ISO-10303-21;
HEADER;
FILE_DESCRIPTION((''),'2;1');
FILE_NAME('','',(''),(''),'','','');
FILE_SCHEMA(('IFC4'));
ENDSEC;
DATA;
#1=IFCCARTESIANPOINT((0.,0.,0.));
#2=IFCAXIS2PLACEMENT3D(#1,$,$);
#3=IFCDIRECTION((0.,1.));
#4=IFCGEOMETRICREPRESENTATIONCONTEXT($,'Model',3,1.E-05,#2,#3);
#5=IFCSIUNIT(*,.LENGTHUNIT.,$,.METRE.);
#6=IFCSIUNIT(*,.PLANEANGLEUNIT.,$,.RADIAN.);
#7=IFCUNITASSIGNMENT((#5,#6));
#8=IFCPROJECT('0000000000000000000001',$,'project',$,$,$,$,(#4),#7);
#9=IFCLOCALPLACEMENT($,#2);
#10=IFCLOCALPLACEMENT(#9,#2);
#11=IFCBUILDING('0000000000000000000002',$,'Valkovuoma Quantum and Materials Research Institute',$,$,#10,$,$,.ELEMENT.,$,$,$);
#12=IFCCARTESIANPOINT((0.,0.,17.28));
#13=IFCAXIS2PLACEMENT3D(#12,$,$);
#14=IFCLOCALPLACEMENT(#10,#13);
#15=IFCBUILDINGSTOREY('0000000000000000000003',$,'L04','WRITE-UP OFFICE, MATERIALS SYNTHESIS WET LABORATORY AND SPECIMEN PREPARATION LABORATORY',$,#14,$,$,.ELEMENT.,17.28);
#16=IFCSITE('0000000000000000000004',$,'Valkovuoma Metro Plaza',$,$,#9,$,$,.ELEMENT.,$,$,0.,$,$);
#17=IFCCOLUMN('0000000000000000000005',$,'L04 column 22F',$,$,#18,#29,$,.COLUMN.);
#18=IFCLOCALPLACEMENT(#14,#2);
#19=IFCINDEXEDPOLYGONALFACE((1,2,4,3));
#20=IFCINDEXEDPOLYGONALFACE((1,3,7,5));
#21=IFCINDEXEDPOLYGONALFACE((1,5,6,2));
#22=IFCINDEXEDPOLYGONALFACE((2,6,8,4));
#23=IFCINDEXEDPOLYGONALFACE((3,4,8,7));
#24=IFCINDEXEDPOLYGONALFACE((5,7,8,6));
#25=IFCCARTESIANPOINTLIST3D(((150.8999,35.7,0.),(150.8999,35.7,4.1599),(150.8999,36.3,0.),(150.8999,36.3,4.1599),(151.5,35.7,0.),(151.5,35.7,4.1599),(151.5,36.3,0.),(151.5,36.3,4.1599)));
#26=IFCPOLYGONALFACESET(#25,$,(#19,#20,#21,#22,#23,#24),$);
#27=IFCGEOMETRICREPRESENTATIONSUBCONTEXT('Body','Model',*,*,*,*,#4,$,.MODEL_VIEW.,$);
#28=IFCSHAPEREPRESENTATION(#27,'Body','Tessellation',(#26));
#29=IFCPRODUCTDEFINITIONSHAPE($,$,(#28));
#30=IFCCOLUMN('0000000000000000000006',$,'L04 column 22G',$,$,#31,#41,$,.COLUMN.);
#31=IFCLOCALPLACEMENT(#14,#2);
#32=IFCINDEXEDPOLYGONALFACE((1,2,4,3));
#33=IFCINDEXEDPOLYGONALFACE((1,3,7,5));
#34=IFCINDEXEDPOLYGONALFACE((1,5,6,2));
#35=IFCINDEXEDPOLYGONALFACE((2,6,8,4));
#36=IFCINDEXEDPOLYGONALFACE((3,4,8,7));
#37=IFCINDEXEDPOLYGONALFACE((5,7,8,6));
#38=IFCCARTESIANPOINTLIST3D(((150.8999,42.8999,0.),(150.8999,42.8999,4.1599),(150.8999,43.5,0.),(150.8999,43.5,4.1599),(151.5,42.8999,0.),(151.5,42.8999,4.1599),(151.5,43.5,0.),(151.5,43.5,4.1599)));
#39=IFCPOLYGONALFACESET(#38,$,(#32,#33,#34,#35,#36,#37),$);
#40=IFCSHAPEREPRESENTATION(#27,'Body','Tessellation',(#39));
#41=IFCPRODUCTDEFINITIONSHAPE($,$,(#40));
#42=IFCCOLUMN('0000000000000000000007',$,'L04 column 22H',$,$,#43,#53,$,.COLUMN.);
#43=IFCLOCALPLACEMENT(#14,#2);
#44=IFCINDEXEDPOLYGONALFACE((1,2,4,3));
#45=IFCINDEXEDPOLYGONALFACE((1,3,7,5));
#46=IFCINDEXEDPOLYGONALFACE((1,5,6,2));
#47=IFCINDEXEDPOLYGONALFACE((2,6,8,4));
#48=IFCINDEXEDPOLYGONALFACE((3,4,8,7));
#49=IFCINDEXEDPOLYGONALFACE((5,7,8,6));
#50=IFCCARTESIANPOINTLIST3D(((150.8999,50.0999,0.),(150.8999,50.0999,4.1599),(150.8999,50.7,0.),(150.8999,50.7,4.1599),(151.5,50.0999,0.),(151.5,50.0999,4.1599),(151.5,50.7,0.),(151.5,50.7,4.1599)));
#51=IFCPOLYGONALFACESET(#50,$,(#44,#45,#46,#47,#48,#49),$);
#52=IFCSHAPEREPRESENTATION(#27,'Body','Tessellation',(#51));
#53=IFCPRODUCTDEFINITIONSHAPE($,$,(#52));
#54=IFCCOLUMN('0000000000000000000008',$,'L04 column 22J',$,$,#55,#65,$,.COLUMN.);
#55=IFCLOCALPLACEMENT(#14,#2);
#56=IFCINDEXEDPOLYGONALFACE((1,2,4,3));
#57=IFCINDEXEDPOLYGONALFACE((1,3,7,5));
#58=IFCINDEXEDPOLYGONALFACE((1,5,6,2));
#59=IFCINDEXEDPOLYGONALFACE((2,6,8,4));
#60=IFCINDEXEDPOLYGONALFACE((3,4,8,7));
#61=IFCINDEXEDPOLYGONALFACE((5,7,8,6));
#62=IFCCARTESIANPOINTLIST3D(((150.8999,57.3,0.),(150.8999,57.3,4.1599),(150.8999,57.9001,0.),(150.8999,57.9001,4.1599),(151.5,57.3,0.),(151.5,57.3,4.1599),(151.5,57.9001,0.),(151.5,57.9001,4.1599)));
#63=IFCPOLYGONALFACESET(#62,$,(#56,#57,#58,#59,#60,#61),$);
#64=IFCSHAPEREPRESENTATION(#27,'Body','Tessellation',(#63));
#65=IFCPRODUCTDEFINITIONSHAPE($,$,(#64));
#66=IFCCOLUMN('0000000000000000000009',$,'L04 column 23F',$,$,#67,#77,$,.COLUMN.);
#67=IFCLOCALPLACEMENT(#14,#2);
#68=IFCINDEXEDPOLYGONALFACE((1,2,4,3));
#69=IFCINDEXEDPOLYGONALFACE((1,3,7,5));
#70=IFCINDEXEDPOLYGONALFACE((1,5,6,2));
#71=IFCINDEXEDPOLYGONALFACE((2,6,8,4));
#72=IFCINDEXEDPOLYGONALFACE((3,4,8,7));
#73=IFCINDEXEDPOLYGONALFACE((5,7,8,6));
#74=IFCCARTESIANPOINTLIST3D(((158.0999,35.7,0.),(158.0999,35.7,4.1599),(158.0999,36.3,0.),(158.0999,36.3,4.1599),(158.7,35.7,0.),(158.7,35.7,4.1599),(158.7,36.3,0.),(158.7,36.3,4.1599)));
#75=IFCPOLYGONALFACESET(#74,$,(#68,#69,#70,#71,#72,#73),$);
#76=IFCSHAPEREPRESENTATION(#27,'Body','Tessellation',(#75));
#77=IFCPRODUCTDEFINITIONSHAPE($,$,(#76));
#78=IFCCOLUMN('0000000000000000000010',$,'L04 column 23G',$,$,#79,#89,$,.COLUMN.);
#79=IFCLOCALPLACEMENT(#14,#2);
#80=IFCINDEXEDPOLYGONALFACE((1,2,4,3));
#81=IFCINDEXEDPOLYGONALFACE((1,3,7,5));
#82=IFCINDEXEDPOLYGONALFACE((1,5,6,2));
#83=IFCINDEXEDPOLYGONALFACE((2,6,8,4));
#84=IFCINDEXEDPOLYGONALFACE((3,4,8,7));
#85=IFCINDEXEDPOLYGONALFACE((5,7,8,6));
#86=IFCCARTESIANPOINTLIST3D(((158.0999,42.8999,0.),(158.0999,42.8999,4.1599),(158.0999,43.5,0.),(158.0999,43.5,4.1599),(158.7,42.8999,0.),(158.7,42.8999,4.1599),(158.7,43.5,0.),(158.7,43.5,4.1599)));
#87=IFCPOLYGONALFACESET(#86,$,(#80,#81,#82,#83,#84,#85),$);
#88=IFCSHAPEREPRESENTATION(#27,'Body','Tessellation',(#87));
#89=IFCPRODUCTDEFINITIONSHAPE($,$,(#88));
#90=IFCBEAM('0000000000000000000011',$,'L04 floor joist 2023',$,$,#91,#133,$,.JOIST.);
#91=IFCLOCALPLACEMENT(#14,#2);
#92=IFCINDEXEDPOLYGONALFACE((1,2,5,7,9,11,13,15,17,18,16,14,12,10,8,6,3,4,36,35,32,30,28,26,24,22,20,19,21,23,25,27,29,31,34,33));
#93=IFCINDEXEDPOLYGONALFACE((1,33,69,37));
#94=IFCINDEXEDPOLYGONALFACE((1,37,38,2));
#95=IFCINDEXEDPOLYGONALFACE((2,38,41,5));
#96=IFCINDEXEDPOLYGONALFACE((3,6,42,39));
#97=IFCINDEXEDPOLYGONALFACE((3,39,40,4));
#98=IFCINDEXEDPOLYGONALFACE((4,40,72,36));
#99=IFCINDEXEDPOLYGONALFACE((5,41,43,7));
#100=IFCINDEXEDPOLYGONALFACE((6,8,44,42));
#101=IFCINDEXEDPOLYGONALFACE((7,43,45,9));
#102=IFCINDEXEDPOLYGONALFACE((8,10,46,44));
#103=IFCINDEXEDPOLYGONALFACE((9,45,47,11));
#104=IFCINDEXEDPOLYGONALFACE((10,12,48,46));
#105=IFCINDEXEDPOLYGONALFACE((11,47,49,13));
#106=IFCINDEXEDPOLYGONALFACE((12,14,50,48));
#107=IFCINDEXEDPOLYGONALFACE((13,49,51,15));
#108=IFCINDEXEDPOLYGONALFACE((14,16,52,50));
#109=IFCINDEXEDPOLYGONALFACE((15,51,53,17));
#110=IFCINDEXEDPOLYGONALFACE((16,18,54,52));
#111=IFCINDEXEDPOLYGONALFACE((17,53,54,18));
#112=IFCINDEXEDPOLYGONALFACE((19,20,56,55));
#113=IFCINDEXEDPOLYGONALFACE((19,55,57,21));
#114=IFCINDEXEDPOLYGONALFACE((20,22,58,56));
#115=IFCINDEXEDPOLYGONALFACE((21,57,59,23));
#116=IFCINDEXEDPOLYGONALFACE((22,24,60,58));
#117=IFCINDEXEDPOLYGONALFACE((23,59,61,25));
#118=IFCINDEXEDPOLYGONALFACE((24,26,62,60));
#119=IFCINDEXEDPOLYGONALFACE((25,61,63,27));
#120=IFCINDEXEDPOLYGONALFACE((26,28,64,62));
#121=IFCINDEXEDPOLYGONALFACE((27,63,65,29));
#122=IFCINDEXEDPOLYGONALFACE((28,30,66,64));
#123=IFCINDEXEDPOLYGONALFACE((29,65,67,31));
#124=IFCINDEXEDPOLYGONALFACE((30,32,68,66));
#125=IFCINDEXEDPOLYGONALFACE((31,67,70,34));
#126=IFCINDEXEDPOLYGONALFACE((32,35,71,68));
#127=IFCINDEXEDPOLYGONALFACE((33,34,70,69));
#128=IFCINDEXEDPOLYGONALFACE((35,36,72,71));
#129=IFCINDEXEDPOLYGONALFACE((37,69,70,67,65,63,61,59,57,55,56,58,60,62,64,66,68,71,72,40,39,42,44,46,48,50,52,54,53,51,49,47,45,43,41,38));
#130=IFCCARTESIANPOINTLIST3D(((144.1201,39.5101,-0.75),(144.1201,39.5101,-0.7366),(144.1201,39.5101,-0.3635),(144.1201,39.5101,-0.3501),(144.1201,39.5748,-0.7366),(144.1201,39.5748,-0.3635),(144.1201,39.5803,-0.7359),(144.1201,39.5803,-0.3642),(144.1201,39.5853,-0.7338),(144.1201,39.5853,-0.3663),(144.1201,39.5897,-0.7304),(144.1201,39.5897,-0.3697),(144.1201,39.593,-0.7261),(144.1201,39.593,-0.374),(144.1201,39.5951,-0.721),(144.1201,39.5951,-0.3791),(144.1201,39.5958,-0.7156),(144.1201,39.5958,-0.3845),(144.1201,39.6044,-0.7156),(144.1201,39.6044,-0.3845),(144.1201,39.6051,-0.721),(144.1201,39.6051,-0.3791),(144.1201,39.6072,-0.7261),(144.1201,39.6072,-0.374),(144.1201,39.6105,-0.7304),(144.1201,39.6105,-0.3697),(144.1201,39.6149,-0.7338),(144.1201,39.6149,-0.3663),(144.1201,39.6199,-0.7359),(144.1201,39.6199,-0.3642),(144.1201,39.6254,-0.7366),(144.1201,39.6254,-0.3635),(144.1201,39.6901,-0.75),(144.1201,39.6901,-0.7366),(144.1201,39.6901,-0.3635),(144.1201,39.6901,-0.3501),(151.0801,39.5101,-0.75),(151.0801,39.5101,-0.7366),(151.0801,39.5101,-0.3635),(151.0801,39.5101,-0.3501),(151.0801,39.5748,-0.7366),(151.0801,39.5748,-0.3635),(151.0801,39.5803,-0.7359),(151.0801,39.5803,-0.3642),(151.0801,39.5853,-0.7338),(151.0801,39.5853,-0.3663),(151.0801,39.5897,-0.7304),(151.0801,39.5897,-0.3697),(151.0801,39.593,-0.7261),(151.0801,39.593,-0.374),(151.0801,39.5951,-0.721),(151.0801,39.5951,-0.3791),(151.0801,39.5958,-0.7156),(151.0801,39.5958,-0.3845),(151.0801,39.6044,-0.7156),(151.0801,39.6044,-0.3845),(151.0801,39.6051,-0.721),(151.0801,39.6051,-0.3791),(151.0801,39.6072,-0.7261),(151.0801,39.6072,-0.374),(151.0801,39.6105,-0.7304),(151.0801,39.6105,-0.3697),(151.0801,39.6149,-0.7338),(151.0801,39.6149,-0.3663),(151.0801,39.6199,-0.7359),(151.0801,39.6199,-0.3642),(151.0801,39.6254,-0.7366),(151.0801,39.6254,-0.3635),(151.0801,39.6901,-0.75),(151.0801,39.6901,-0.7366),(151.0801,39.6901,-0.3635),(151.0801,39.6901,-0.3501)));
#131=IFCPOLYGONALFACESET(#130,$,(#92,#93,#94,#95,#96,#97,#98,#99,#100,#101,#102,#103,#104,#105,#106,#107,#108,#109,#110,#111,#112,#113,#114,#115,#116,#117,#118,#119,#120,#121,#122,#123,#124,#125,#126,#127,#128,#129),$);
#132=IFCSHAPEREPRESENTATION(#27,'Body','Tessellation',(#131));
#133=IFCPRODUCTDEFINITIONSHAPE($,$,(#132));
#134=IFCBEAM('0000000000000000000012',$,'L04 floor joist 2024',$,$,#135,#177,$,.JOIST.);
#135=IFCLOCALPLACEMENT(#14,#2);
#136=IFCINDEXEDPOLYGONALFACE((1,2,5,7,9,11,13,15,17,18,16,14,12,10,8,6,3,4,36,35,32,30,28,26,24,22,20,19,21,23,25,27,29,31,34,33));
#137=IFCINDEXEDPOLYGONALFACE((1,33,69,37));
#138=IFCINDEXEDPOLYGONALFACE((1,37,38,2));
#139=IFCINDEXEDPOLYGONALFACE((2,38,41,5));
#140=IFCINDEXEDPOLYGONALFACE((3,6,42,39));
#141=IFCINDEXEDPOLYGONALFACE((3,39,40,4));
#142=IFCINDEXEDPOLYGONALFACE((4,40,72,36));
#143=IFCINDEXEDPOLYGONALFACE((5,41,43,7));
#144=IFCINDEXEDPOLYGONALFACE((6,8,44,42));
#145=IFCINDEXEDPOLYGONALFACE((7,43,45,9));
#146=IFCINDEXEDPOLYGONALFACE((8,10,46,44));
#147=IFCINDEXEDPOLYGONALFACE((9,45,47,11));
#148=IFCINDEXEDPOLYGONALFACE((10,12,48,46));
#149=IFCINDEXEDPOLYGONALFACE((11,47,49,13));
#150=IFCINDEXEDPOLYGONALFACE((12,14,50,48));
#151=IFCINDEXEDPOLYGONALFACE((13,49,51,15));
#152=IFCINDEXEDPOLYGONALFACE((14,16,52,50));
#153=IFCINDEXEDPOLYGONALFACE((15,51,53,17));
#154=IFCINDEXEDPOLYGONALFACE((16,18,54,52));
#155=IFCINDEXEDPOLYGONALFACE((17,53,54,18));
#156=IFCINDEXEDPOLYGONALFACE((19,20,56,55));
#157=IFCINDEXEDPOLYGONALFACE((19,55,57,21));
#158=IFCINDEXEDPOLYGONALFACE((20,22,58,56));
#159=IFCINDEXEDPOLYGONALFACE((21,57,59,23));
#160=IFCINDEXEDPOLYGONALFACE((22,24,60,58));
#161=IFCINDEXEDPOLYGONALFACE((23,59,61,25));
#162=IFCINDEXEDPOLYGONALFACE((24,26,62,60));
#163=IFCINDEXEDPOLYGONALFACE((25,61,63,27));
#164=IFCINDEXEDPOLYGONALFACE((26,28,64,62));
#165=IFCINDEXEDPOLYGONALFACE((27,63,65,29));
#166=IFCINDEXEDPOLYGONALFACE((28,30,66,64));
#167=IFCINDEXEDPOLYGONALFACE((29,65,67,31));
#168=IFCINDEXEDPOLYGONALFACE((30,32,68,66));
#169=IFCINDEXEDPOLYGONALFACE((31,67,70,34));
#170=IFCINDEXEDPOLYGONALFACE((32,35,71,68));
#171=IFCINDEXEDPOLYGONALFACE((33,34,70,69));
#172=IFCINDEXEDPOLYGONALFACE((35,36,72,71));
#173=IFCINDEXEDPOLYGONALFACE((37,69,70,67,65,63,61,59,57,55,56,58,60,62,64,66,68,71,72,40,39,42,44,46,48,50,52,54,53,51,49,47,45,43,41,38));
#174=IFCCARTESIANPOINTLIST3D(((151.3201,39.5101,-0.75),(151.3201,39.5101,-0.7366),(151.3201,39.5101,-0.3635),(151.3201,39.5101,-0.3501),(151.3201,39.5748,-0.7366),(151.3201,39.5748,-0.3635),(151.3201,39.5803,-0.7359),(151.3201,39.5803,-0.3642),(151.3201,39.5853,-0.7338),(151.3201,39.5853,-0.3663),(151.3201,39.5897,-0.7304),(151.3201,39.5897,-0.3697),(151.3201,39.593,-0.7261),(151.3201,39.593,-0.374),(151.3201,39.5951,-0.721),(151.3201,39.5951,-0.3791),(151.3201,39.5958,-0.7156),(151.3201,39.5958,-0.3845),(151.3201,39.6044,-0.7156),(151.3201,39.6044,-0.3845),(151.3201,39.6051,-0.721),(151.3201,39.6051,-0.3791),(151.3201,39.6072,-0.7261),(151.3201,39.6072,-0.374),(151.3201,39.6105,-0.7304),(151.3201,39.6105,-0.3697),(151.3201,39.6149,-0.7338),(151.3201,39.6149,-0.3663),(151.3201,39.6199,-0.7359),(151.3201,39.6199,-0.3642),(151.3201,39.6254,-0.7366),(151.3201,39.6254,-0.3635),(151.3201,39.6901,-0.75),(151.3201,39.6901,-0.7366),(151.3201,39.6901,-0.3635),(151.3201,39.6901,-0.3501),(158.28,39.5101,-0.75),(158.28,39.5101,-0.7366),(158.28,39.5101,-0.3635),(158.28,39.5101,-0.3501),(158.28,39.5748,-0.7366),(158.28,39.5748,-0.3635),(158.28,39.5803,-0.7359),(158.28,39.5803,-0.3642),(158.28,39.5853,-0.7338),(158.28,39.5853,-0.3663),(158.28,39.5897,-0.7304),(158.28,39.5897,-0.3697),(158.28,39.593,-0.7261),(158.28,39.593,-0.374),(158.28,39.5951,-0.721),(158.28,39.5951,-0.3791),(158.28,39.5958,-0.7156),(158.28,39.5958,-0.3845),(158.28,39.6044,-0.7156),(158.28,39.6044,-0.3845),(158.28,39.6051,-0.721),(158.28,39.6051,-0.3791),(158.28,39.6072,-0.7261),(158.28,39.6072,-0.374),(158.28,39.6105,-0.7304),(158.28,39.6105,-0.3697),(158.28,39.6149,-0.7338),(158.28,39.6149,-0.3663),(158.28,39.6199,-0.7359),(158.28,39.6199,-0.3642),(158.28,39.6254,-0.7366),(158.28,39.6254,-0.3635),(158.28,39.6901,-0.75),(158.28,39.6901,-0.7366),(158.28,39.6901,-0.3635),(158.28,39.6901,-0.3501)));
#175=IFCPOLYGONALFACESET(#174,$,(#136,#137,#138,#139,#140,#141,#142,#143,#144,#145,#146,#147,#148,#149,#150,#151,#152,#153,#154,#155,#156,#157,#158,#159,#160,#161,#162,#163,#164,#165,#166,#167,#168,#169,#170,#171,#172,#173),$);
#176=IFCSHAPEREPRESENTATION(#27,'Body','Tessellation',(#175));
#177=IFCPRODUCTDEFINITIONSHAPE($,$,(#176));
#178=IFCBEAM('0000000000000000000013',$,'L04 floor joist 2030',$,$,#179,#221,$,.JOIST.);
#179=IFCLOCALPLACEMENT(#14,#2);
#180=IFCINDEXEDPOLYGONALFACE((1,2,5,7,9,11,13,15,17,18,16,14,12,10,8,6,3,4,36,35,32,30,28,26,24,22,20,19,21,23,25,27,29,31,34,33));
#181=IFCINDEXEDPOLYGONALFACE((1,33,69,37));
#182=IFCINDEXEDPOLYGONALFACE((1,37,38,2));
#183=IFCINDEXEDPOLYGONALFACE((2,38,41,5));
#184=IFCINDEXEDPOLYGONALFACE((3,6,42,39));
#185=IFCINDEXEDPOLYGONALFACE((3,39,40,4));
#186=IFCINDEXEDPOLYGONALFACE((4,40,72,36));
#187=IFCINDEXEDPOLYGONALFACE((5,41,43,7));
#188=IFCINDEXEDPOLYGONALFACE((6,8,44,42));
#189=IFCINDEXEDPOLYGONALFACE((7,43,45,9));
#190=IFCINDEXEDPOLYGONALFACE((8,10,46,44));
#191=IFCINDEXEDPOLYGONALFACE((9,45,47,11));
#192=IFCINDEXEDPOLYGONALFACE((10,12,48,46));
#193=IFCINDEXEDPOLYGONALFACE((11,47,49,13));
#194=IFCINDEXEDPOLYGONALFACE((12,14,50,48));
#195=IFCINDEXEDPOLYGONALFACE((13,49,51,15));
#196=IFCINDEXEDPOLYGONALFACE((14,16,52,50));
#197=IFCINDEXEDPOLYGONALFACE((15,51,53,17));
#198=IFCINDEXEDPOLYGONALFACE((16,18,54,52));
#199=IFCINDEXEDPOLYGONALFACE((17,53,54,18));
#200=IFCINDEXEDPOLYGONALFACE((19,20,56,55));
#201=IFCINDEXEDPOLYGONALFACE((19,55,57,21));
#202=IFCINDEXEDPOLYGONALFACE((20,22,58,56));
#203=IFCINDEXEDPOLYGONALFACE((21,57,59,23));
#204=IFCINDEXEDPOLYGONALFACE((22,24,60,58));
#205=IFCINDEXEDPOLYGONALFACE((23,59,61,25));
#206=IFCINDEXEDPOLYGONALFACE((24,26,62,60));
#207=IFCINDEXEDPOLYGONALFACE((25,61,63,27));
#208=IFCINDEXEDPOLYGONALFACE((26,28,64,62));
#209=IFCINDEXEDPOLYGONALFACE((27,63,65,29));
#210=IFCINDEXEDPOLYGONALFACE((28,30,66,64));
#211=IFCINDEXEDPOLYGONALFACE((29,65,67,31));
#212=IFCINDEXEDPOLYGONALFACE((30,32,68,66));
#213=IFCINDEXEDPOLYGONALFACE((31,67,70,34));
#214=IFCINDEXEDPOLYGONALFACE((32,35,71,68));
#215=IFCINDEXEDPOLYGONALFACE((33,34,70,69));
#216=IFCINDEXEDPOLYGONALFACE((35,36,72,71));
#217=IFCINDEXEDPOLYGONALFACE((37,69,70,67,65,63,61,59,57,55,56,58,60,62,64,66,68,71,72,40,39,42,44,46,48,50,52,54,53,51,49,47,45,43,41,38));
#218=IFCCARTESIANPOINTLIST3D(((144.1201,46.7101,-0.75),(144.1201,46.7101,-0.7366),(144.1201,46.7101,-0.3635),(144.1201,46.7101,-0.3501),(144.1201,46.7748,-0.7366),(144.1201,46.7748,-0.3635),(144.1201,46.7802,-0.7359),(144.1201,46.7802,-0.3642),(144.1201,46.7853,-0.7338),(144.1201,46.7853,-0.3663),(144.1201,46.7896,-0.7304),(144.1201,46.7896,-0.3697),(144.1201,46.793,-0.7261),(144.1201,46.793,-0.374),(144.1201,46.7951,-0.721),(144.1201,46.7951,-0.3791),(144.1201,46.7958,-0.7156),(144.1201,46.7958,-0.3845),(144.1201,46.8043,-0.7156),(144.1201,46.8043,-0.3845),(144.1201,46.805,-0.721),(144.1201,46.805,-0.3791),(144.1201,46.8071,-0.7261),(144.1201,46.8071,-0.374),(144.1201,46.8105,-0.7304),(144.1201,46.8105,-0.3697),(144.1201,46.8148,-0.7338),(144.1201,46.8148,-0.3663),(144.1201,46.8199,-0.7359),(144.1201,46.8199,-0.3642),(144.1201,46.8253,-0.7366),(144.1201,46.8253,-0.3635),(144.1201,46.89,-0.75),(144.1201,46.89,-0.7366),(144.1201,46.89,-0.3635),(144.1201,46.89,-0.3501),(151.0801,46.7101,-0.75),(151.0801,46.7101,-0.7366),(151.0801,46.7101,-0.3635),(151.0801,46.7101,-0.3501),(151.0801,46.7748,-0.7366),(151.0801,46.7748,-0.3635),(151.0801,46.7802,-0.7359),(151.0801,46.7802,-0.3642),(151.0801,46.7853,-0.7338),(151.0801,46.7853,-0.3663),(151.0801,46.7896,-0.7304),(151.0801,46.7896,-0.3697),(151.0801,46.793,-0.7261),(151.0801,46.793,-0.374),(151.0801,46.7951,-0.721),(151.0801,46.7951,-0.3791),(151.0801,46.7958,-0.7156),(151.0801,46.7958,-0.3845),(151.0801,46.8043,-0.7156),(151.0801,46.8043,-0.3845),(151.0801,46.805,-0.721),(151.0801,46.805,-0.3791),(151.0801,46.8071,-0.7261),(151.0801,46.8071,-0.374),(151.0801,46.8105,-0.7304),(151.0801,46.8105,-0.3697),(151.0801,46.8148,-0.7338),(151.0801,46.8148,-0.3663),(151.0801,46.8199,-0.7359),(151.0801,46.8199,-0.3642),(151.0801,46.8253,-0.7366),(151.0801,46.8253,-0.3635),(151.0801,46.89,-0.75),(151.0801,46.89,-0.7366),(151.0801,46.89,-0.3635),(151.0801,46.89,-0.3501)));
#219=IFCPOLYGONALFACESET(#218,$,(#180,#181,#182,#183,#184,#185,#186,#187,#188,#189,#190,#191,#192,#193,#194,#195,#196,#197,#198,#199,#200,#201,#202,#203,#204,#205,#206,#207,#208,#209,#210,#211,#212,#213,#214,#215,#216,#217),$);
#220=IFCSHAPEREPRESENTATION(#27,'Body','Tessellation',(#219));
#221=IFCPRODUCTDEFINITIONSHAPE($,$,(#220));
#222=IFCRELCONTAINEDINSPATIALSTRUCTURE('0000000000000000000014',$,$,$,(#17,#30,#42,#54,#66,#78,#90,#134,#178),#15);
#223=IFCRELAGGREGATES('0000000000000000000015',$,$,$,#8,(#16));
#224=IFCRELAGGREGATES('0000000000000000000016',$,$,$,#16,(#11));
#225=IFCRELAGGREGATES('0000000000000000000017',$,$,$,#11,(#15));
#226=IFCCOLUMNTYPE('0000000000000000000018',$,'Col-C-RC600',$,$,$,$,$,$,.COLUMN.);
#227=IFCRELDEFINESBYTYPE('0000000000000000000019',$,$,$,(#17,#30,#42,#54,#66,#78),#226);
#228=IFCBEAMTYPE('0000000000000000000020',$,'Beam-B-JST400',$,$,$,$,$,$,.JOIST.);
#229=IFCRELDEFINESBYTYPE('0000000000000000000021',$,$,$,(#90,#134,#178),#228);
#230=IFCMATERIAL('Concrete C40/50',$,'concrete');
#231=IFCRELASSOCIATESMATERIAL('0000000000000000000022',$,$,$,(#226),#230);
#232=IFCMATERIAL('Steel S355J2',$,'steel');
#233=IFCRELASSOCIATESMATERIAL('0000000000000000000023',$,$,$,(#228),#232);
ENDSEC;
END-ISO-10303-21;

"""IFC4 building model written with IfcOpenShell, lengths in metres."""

from ifc_helpers import new_model, si_unit, direction, frame, origin, origin_2d, place, context, subcontext, project, spatial, rectangle, i_section, extrude, material, material_profile, profile_set, type_object, element, save


model = new_model("IFC4")

# Units and contexts
model_context = context("Model", 3, precision=1e-05, world=origin(), true_north=direction((0.0, 1.0)))
body_context = subcontext(model_context, "Body", "Model", "MODEL_VIEW")
ifc_project = project(units=[si_unit("LENGTHUNIT", "METRE"), si_unit("PLANEANGLEUNIT", "RADIAN")], contexts=[model_context])

# Site, building, storey
site_placement = place(None, origin())
site = spatial("IfcSite", under=ifc_project, at=site_placement, Name="Valkovuoma Metro Plaza", CompositionType="ELEMENT", RefElevation=0.0)
building_placement = place(site_placement, origin())
building = spatial("IfcBuilding", under=site, at=building_placement, Name="Valkovuoma Quantum and Materials Research Institute", CompositionType="ELEMENT")
storey_placement = place(building_placement, frame((0.0, 0.0, 17.28)))
storey = spatial("IfcBuildingStorey", under=building, at=storey_placement, Name="L04", Description="WRITE-UP OFFICE, MATERIALS SYNTHESIS WET LABORATORY AND SPECIMEN PREPARATION LABORATORY", CompositionType="ELEMENT", Elevation=17.28)

# Columns
ifc_material_1 = material(Name="Concrete C40/50", Category="concrete")
ifc_material_profile_1 = material_profile(ifc_material_1, rectangle(XDim=0.6001, YDim=0.6001, at=origin_2d()), Name="Concrete C40/50")
ifc_profile_set_1 = profile_set([ifc_material_profile_1], Name="Concrete C40/50")
column_type = type_object("IfcColumnType", Name="Col-C-RC600", PredefinedType="COLUMN", material=ifc_profile_set_1)
for number, where, z_axis, x_axis, name in (
    (1, (151.2, 36.0, 0.0), (0.0, 0.0, 1.0), (1.0, 0.0, 0.0), "L04 column 22F"),
    (2, (151.2, 43.2, 0.0), (0.0, 0.0, 1.0), (1.0, 0.0, 0.0), "L04 column 22G"),
    (3, (151.2, 50.3999, 0.0), (0.0, 0.0, 1.0), (1.0, 0.0, 0.0), "L04 column 22H"),
    (4, (151.2, 57.6001, 0.0), (0.0, 0.0, 1.0), (1.0, 0.0, 0.0), "L04 column 22J"),
    (5, (158.3999, 36.0, 0.0), (0.0, 0.0, 1.0), (1.0, 0.0, 0.0), "L04 column 23F"),
    (6, (158.3999, 43.2, 0.0), (0.0, 0.0, 1.0), (1.0, 0.0, 0.0), "L04 column 23G"),
):
    element("IfcColumn", number, at=place(storey_placement, frame(where, z_axis=z_axis, x_axis=x_axis)), inside=storey, type_object=column_type, Name=name, PredefinedType="COLUMN", context=body_context, shape_type="SweptSolid", body=[
        extrude(rectangle(XDim=0.6001, YDim=0.6001, at=origin_2d()), origin(), (0.0, 0.0, 1.0), 4.1599),
    ])

# Beams
ifc_material_2 = material(Name="Steel S355J2", Category="steel")
ifc_material_profile_2 = material_profile(ifc_material_2, i_section(OverallWidth=0.1799, OverallDepth=0.3999, WebThickness=0.0085, FlangeThickness=0.0134, FilletRadius=0.021, at=origin_2d()), Name="Steel S355J2")
ifc_profile_set_2 = profile_set([ifc_material_profile_2], Name="Steel S355J2")
beam_type_1 = type_object("IfcBeamType", Name="Beam-B-JST400", PredefinedType="JOIST", material=ifc_profile_set_2)
for number, where, z_axis, x_axis, name in (
    (7, (144.1201, 39.6001, -0.55), (1.0, 0.0, 0.0), (0.0, 1.0, 0.0), "L04 floor joist 2023"),
    (8, (151.3201, 39.6001, -0.55), (1.0, 0.0, 0.0), (0.0, 1.0, 0.0), "L04 floor joist 2024"),
    (9, (144.1201, 46.8, -0.55), (1.0, 0.0, 0.0), (0.0, 1.0, 0.0), "L04 floor joist 2030"),
):
    element("IfcBeam", number, at=place(storey_placement, frame(where, z_axis=z_axis, x_axis=x_axis)), inside=storey, type_object=beam_type_1, Name=name, PredefinedType="JOIST", context=body_context, shape_type="SweptSolid", body=[
        extrude(i_section(OverallWidth=0.1799, OverallDepth=0.3999, WebThickness=0.0085, FlangeThickness=0.0134, FilletRadius=0.021, at=origin_2d()), origin(), (0.0, 0.0, 1.0), 6.96),
    ])

save(model, "model.ifc")
